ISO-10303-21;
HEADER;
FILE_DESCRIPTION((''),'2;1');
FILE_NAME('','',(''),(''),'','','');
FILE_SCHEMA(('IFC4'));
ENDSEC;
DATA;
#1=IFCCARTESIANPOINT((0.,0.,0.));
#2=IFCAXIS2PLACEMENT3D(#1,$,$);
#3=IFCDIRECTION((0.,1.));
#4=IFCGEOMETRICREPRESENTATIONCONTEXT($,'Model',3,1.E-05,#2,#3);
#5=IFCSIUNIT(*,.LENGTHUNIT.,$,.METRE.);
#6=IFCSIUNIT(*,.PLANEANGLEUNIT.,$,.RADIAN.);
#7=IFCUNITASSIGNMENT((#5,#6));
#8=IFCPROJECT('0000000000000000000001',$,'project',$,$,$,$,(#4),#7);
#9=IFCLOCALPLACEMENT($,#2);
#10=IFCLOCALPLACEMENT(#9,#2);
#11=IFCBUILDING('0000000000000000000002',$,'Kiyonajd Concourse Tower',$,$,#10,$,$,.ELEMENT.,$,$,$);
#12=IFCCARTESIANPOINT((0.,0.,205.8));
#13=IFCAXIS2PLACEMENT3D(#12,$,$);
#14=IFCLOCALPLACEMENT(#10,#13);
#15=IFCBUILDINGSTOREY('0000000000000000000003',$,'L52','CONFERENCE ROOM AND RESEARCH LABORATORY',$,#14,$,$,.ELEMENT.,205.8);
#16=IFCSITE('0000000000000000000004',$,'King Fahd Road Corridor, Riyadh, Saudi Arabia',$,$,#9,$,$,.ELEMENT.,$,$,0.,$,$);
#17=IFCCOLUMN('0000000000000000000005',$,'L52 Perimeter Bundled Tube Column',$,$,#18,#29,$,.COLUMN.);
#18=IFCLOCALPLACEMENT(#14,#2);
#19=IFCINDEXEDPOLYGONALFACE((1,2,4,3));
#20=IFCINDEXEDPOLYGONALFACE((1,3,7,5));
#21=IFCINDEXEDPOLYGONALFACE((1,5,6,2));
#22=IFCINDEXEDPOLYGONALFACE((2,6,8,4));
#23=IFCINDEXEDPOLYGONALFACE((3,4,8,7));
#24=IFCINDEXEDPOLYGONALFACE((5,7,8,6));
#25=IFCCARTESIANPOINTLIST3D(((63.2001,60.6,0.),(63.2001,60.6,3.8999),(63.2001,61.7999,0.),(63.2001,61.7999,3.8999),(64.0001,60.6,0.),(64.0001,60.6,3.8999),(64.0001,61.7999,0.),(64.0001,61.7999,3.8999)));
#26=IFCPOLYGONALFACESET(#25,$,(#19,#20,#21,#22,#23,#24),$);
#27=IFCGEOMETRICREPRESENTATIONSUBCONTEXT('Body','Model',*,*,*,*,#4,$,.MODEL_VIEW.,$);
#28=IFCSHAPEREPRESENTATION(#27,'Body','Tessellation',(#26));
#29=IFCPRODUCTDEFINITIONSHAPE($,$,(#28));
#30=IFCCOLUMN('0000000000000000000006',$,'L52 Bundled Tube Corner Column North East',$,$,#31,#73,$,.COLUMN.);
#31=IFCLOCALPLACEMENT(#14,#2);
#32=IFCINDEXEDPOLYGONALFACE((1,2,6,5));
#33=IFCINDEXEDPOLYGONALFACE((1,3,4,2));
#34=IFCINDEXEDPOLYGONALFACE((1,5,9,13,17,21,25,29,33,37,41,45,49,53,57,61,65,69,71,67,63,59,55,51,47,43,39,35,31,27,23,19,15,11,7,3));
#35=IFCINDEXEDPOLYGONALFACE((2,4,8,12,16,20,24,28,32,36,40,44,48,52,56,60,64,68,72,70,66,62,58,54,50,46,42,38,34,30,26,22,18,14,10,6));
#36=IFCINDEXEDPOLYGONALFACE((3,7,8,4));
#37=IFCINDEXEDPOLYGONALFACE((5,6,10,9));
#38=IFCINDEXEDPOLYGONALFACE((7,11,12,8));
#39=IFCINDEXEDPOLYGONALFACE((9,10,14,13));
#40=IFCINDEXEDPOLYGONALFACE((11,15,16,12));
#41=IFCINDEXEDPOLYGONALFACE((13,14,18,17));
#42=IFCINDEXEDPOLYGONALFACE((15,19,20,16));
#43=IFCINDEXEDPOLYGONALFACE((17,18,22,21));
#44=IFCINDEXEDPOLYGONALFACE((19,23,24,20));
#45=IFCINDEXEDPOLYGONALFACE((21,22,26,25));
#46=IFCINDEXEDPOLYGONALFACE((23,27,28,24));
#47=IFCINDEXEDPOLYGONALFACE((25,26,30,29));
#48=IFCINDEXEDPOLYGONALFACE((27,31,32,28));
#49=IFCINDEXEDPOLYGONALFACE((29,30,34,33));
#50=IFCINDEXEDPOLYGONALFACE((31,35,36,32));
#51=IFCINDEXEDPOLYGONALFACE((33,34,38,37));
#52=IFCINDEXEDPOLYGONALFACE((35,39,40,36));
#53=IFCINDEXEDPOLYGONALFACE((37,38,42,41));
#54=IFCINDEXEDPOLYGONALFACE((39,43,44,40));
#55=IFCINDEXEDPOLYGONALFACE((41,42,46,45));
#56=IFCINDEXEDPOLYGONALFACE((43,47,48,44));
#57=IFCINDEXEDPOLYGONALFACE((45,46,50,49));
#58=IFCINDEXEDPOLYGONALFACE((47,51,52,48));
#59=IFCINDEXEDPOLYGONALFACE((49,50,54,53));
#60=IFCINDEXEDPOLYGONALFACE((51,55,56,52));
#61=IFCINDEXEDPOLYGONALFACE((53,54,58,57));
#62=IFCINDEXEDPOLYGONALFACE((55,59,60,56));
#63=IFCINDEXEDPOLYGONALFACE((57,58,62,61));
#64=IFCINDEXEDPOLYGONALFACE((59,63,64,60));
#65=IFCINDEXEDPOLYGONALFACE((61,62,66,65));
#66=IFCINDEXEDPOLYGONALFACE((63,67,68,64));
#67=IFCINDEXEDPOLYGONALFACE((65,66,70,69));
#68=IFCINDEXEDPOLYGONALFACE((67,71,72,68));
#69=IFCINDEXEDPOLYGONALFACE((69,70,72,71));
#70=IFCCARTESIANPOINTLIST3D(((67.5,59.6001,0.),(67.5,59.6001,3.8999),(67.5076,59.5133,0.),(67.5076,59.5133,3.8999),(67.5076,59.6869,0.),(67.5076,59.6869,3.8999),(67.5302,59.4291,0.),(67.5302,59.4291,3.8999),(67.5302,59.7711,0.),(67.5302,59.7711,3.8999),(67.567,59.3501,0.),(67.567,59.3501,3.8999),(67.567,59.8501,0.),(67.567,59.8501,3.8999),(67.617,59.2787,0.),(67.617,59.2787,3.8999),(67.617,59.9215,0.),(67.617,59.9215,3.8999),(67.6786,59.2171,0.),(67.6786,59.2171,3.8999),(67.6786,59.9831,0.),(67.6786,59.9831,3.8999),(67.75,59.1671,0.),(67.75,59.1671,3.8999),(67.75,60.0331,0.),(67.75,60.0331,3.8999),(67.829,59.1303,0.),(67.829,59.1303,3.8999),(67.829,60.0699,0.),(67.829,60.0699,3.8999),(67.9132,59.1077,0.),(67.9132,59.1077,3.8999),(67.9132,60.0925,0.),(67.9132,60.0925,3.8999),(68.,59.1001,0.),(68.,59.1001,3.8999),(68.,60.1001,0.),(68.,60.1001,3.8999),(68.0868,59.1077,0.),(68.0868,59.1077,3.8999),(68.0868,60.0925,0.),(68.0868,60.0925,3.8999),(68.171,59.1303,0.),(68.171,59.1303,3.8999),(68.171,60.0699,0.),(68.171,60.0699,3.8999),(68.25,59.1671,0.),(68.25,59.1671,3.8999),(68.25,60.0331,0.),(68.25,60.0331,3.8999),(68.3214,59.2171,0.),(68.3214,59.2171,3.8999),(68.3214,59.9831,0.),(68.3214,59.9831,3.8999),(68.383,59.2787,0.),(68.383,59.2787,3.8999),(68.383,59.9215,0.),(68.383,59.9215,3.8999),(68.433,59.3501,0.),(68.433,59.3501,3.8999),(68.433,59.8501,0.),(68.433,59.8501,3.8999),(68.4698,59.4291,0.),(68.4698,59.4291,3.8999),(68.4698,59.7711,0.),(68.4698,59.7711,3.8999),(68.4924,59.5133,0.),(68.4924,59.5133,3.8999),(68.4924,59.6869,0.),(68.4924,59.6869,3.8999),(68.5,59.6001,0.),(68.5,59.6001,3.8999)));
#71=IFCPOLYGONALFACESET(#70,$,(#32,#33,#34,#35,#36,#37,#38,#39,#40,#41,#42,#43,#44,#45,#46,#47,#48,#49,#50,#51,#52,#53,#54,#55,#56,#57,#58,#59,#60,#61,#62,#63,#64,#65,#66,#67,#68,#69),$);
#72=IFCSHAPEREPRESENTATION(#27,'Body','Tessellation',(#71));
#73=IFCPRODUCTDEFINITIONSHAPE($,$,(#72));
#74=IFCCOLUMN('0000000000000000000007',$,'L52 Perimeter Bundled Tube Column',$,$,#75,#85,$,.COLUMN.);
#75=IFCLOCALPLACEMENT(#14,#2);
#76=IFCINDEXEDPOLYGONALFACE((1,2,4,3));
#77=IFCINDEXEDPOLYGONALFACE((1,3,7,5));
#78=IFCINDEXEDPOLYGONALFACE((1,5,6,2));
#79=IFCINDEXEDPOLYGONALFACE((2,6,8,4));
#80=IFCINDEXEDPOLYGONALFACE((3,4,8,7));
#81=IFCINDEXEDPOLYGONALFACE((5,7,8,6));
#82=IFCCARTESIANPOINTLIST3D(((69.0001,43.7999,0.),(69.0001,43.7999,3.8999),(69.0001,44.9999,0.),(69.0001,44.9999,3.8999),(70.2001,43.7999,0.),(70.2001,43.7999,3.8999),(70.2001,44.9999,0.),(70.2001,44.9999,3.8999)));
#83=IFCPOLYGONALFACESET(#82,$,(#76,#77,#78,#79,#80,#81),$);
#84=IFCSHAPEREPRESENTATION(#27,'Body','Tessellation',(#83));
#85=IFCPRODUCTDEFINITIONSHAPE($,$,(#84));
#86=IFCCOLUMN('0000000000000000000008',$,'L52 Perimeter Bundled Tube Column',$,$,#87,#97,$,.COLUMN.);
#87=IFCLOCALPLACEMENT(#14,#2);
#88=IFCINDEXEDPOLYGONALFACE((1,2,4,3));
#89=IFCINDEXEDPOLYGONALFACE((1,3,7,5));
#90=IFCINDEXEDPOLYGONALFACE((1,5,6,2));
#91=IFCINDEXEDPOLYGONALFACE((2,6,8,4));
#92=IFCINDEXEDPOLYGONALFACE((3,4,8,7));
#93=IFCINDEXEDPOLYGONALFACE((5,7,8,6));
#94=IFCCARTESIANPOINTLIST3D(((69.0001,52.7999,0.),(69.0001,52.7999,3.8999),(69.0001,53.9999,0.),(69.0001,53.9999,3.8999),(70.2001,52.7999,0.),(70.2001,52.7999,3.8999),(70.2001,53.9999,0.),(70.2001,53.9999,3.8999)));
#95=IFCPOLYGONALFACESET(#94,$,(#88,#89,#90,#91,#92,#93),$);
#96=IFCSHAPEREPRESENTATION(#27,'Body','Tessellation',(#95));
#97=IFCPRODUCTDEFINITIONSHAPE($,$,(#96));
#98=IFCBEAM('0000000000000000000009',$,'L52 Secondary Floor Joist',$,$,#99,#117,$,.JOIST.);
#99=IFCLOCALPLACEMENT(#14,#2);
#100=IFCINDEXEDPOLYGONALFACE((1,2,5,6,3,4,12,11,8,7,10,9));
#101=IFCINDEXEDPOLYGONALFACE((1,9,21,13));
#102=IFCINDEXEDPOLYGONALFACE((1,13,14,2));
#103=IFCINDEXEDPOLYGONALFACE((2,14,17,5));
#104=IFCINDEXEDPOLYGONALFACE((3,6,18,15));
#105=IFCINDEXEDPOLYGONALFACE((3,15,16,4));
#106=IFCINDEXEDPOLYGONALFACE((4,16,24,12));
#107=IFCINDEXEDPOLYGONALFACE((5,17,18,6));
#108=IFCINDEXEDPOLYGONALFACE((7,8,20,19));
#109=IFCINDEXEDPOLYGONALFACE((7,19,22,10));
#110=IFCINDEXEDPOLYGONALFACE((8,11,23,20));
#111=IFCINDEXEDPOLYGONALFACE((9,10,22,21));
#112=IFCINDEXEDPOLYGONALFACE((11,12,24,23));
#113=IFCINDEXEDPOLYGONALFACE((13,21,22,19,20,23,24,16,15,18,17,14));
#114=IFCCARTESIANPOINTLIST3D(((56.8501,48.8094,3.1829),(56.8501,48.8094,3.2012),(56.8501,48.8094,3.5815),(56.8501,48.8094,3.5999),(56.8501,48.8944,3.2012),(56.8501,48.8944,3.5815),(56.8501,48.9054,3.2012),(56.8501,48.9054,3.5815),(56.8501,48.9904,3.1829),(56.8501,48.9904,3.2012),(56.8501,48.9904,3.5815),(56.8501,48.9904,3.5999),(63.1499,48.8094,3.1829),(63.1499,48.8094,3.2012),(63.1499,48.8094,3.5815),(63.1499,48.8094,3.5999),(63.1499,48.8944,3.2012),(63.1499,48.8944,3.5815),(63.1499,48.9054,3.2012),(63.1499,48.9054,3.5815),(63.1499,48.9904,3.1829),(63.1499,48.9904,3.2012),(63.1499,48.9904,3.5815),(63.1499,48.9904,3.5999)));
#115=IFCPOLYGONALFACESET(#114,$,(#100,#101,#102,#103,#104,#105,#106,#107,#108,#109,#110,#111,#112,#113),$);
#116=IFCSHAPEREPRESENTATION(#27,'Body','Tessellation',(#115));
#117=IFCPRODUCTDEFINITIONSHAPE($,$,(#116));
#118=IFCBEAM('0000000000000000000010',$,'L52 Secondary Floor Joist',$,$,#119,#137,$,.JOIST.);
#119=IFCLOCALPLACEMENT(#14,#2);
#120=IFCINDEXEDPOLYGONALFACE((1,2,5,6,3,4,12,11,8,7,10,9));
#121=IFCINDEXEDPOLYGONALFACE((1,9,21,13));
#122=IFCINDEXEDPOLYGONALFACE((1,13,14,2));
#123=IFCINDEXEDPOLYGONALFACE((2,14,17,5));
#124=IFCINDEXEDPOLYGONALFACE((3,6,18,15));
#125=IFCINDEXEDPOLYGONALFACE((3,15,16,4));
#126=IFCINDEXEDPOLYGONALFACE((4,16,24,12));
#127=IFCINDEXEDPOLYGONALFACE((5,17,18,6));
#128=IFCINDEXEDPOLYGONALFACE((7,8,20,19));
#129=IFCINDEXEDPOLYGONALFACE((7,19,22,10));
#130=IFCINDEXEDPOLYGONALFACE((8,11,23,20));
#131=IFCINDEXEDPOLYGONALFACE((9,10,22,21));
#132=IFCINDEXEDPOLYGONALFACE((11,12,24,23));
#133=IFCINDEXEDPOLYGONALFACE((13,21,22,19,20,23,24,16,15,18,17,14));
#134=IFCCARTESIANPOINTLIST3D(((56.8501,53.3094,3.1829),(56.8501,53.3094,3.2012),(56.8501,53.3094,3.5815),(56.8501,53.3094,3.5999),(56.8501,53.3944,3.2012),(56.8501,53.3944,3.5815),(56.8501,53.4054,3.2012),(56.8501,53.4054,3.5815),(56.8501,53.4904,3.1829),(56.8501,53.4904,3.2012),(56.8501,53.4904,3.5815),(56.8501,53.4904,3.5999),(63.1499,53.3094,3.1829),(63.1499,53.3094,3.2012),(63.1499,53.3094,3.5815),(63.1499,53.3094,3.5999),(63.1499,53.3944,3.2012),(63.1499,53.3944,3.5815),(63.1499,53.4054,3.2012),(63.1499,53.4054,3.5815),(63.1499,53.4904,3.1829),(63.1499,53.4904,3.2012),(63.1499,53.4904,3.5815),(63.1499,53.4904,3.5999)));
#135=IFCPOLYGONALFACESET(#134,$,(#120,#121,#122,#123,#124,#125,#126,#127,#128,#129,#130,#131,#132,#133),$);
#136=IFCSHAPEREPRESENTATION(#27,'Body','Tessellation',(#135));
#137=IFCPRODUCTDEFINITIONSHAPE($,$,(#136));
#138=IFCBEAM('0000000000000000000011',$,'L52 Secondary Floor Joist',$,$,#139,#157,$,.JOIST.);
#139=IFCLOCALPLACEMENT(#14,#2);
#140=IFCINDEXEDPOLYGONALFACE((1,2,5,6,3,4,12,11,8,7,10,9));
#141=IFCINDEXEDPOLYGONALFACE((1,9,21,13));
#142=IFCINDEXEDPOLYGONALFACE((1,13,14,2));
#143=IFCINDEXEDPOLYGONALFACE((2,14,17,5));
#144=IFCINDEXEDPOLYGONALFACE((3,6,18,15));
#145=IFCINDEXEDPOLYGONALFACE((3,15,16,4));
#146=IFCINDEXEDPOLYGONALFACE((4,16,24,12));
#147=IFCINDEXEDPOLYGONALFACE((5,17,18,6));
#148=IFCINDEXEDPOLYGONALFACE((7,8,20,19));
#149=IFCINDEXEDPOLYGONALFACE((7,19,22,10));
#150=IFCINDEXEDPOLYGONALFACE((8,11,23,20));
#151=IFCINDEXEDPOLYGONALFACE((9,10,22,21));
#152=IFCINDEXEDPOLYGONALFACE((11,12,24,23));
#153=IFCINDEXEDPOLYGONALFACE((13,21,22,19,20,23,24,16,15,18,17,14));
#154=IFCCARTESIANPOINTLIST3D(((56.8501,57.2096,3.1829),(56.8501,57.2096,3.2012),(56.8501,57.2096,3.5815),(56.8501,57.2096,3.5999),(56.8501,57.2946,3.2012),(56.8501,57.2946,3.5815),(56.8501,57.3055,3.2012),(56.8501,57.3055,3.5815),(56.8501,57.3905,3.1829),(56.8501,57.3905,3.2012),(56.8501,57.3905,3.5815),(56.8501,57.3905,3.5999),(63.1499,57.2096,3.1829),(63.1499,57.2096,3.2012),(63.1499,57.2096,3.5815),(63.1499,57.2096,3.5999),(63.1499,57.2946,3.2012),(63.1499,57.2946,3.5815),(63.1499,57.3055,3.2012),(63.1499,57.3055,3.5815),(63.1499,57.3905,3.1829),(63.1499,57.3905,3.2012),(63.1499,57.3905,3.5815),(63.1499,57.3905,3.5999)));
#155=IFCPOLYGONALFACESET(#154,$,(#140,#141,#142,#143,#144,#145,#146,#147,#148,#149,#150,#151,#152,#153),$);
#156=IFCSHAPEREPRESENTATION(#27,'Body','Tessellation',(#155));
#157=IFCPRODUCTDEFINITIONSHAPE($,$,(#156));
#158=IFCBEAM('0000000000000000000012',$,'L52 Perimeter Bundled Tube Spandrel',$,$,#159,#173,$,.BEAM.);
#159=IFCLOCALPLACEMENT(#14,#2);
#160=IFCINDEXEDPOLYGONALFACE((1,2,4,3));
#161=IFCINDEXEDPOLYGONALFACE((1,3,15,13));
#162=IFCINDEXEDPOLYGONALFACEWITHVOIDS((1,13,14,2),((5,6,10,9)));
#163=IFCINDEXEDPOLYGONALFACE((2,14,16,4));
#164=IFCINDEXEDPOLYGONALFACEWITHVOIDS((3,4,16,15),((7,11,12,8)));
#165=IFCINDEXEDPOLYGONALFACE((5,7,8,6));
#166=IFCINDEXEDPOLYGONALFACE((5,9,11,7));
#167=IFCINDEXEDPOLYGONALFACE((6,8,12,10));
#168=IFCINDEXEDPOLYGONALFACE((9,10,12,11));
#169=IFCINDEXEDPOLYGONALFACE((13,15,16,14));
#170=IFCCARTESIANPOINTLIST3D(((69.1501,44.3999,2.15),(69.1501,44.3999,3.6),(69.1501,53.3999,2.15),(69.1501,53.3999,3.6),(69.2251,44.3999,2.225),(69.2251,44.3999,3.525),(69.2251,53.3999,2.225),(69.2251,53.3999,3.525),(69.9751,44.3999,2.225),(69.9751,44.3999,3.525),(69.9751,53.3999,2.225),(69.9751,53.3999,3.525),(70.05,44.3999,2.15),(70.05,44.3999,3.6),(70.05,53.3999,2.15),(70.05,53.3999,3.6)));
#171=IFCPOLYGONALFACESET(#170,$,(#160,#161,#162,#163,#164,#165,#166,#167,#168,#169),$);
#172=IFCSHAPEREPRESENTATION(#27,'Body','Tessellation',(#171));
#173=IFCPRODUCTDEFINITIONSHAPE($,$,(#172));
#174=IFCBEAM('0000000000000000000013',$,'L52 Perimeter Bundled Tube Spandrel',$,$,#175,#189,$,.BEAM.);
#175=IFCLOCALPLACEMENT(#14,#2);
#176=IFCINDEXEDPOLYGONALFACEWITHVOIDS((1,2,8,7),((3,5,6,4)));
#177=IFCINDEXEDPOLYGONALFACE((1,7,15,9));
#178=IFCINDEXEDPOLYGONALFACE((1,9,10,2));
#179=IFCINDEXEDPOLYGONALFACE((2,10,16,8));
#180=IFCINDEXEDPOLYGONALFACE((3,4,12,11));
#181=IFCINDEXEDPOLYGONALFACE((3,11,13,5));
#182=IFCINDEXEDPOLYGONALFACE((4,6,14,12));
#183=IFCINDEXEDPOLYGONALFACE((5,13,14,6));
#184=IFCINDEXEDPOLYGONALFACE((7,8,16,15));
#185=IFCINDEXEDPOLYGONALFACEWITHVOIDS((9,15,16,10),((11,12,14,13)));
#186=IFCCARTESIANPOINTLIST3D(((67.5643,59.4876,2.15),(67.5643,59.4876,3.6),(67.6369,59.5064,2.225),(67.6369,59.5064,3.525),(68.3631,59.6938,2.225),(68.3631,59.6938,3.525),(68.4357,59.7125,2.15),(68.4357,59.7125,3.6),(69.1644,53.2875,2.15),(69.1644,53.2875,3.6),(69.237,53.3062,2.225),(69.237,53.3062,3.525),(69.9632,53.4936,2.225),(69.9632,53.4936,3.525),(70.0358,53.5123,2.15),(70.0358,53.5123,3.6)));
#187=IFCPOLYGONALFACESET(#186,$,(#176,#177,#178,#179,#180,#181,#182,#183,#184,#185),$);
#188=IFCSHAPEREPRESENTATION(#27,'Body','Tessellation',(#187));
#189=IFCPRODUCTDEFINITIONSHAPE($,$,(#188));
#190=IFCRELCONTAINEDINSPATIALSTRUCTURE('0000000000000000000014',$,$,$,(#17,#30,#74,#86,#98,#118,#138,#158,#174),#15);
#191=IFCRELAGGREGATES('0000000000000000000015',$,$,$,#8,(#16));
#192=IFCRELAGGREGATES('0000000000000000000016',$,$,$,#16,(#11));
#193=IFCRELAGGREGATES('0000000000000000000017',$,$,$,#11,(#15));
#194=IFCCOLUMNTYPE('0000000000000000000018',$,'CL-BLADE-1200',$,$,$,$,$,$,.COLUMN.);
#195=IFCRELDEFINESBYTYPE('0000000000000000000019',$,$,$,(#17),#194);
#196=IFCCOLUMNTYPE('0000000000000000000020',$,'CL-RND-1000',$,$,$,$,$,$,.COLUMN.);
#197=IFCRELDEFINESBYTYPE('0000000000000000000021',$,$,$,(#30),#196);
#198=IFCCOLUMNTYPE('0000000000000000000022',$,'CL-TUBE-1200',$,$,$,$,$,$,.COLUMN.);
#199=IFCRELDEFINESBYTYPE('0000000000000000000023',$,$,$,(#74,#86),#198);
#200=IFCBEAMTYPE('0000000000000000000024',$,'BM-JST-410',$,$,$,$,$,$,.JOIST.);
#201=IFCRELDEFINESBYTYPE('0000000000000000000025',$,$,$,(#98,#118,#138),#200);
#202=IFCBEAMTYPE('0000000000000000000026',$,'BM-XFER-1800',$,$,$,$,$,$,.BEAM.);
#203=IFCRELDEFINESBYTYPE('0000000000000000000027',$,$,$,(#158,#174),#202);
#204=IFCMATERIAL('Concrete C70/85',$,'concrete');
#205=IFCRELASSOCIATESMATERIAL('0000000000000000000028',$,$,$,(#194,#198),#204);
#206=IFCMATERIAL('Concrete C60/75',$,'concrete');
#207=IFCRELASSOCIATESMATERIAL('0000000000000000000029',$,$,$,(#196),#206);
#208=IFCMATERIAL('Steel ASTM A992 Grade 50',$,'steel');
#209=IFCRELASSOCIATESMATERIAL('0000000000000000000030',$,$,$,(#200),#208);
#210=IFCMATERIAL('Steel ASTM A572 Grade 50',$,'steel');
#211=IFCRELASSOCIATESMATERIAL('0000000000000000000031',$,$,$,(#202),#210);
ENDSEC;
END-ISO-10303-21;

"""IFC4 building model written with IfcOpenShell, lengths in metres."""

from ifc_helpers import new_model, si_unit, direction, frame, origin, origin_2d, place, context, subcontext, project, spatial, rectangle, hollow_rectangle, circle, i_section, extrude, material, material_profile, profile_set, type_object, element, save


model = new_model("IFC4")

# Units and contexts
model_context = context("Model", 3, precision=1e-05, world=origin(), true_north=direction((0.0, 1.0)))
body_context = subcontext(model_context, "Body", "Model", "MODEL_VIEW")
ifc_project = project(units=[si_unit("LENGTHUNIT", "METRE"), si_unit("PLANEANGLEUNIT", "RADIAN")], contexts=[model_context])

# Site, building, storey
site_placement = place(None, origin())
site = spatial("IfcSite", under=ifc_project, at=site_placement, Name="King Fahd Road Corridor, Riyadh, Saudi Arabia", CompositionType="ELEMENT", RefElevation=0.0)
building_placement = place(site_placement, origin())
building = spatial("IfcBuilding", under=site, at=building_placement, Name="Kiyonajd Concourse Tower", CompositionType="ELEMENT")
storey_placement = place(building_placement, frame((0.0, 0.0, 205.8)))
storey = spatial("IfcBuildingStorey", under=building, at=storey_placement, Name="L52", Description="CONFERENCE ROOM AND RESEARCH LABORATORY", CompositionType="ELEMENT", Elevation=205.8)

# Columns
ifc_material_1 = material(Name="Concrete C70/85", Category="concrete")
ifc_material_profile_1 = material_profile(ifc_material_1, rectangle(XDim=0.8, YDim=1.2, at=origin_2d()), Name="RC-1200x800")
ifc_profile_set_1 = profile_set([ifc_material_profile_1], Name="Concrete C70/85")
column_type_1 = type_object("IfcColumnType", Name="CL-BLADE-1200", PredefinedType="COLUMN", material=ifc_profile_set_1)
column_1_placement = place(storey_placement, frame((63.6001, 61.2, 0.0), z_axis=(0.0, 0.0, 1.0), x_axis=(1.0, 0.0, 0.0)))
element("IfcColumn", 1, at=column_1_placement, inside=storey, type_object=column_type_1, Name="L52 Perimeter Bundled Tube Column", PredefinedType="COLUMN", context=body_context, shape_type="SweptSolid", body=[
    extrude(rectangle(XDim=0.8, YDim=1.2, at=origin_2d()), origin(), (0.0, 0.0, 1.0), 3.8999),
])
ifc_material_2 = material(Name="Concrete C60/75", Category="concrete")
ifc_material_profile_2 = material_profile(ifc_material_2, circle(Radius=0.5, at=origin_2d()), Name="RCC-D1000")
ifc_profile_set_2 = profile_set([ifc_material_profile_2], Name="Concrete C60/75")
column_type_2 = type_object("IfcColumnType", Name="CL-RND-1000", PredefinedType="COLUMN", material=ifc_profile_set_2)
column_2_placement = place(storey_placement, frame((68.0, 59.6001, 0.0), z_axis=(0.0, 0.0, 1.0), x_axis=(1.0, 0.0, 0.0)))
element("IfcColumn", 2, at=column_2_placement, inside=storey, type_object=column_type_2, Name="L52 Bundled Tube Corner Column North East", PredefinedType="COLUMN", context=body_context, shape_type="SweptSolid", body=[
    extrude(circle(Radius=0.5, at=origin_2d()), origin(), (0.0, 0.0, 1.0), 3.8999),
])
ifc_material_profile_3 = material_profile(ifc_material_1, rectangle(XDim=1.2, YDim=1.2, at=origin_2d()), Name="RC-1200x1200")
ifc_profile_set_3 = profile_set([ifc_material_profile_3], Name="Concrete C70/85")
column_type_3 = type_object("IfcColumnType", Name="CL-TUBE-1200", PredefinedType="COLUMN", material=ifc_profile_set_3)
for number, where, z_axis, x_axis, name in (
    (3, (69.6001, 44.3999, 0.0), (0.0, 0.0, 1.0), (1.0, 0.0, 0.0), "L52 Perimeter Bundled Tube Column"),
    (4, (69.6001, 53.3999, 0.0), (0.0, 0.0, 1.0), (1.0, 0.0, 0.0), "L52 Perimeter Bundled Tube Column"),
):
    element("IfcColumn", number, at=place(storey_placement, frame(where, z_axis=z_axis, x_axis=x_axis)), inside=storey, type_object=column_type_3, Name=name, PredefinedType="COLUMN", context=body_context, shape_type="SweptSolid", body=[
        extrude(rectangle(XDim=1.2, YDim=1.2, at=origin_2d()), origin(), (0.0, 0.0, 1.0), 3.8999),
    ])

# Beams
ifc_material_3 = material(Name="Steel ASTM A992 Grade 50", Category="steel")
ifc_material_profile_4 = material_profile(ifc_material_3, i_section(OverallWidth=0.1809, OverallDepth=0.417, WebThickness=0.011, FlangeThickness=0.0183, at=origin_2d()), Name="W410X85")
ifc_profile_set_4 = profile_set([ifc_material_profile_4], Name="Steel ASTM A992 Grade 50")
beam_type_1 = type_object("IfcBeamType", Name="BM-JST-410", PredefinedType="JOIST", material=ifc_profile_set_4)
for number, where, z_axis, x_axis, name in (
    (5, (56.8501, 48.8999, 3.3914), (1.0, 0.0, 0.0), (0.0, 1.0, 0.0), "L52 Secondary Floor Joist"),
    (6, (56.8501, 53.3999, 3.3914), (1.0, 0.0, 0.0), (0.0, 1.0, 0.0), "L52 Secondary Floor Joist"),
    (7, (56.8501, 57.3, 3.3914), (1.0, 0.0, 0.0), (0.0, 1.0, 0.0), "L52 Secondary Floor Joist"),
):
    element("IfcBeam", number, at=place(storey_placement, frame(where, z_axis=z_axis, x_axis=x_axis)), inside=storey, type_object=beam_type_1, Name=name, PredefinedType="JOIST", context=body_context, shape_type="SweptSolid", body=[
        extrude(i_section(OverallWidth=0.1809, OverallDepth=0.417, WebThickness=0.011, FlangeThickness=0.0183, at=origin_2d()), origin(), (0.0, 0.0, 1.0), 6.2998),
    ])
ifc_material_4 = material(Name="Steel ASTM A572 Grade 50", Category="steel")
ifc_material_profile_5 = material_profile(ifc_material_4, hollow_rectangle(XDim=0.8999, YDim=1.45, WallThickness=0.075, at=origin_2d()), Name="BOX-1450x900x75")
ifc_profile_set_5 = profile_set([ifc_material_profile_5], Name="Steel ASTM A572 Grade 50")
beam_type_2 = type_object("IfcBeamType", Name="BM-XFER-1800", PredefinedType="BEAM", material=ifc_profile_set_5)
beam_1_placement = place(storey_placement, frame((69.6001, 44.3999, 2.875), z_axis=(0.0, 1.0, 0.0), x_axis=(-1.0, 0.0, 0.0)))
element("IfcBeam", 8, at=beam_1_placement, inside=storey, type_object=beam_type_2, Name="L52 Perimeter Bundled Tube Spandrel", PredefinedType="BEAM", context=body_context, shape_type="SweptSolid", body=[
    extrude(hollow_rectangle(XDim=0.8999, YDim=1.45, WallThickness=0.075, at=origin_2d()), origin(), (0.0, 0.0, 1.0), 9.0),
])
beam_2_placement = place(storey_placement, frame((69.6001, 53.3999, 2.875), z_axis=(-0.249885, 0.968276, 0.0), x_axis=(-0.968276, -0.249885, 0.0)))
element("IfcBeam", 9, at=beam_2_placement, inside=storey, type_object=beam_type_2, Name="L52 Perimeter Bundled Tube Spandrel", PredefinedType="BEAM", context=body_context, shape_type="SweptSolid", body=[
    extrude(hollow_rectangle(XDim=0.8999, YDim=1.45, WallThickness=0.075, at=origin_2d()), origin(), (0.0, 0.0, 1.0), 6.4033),
])

save(model, "model.ifc")
